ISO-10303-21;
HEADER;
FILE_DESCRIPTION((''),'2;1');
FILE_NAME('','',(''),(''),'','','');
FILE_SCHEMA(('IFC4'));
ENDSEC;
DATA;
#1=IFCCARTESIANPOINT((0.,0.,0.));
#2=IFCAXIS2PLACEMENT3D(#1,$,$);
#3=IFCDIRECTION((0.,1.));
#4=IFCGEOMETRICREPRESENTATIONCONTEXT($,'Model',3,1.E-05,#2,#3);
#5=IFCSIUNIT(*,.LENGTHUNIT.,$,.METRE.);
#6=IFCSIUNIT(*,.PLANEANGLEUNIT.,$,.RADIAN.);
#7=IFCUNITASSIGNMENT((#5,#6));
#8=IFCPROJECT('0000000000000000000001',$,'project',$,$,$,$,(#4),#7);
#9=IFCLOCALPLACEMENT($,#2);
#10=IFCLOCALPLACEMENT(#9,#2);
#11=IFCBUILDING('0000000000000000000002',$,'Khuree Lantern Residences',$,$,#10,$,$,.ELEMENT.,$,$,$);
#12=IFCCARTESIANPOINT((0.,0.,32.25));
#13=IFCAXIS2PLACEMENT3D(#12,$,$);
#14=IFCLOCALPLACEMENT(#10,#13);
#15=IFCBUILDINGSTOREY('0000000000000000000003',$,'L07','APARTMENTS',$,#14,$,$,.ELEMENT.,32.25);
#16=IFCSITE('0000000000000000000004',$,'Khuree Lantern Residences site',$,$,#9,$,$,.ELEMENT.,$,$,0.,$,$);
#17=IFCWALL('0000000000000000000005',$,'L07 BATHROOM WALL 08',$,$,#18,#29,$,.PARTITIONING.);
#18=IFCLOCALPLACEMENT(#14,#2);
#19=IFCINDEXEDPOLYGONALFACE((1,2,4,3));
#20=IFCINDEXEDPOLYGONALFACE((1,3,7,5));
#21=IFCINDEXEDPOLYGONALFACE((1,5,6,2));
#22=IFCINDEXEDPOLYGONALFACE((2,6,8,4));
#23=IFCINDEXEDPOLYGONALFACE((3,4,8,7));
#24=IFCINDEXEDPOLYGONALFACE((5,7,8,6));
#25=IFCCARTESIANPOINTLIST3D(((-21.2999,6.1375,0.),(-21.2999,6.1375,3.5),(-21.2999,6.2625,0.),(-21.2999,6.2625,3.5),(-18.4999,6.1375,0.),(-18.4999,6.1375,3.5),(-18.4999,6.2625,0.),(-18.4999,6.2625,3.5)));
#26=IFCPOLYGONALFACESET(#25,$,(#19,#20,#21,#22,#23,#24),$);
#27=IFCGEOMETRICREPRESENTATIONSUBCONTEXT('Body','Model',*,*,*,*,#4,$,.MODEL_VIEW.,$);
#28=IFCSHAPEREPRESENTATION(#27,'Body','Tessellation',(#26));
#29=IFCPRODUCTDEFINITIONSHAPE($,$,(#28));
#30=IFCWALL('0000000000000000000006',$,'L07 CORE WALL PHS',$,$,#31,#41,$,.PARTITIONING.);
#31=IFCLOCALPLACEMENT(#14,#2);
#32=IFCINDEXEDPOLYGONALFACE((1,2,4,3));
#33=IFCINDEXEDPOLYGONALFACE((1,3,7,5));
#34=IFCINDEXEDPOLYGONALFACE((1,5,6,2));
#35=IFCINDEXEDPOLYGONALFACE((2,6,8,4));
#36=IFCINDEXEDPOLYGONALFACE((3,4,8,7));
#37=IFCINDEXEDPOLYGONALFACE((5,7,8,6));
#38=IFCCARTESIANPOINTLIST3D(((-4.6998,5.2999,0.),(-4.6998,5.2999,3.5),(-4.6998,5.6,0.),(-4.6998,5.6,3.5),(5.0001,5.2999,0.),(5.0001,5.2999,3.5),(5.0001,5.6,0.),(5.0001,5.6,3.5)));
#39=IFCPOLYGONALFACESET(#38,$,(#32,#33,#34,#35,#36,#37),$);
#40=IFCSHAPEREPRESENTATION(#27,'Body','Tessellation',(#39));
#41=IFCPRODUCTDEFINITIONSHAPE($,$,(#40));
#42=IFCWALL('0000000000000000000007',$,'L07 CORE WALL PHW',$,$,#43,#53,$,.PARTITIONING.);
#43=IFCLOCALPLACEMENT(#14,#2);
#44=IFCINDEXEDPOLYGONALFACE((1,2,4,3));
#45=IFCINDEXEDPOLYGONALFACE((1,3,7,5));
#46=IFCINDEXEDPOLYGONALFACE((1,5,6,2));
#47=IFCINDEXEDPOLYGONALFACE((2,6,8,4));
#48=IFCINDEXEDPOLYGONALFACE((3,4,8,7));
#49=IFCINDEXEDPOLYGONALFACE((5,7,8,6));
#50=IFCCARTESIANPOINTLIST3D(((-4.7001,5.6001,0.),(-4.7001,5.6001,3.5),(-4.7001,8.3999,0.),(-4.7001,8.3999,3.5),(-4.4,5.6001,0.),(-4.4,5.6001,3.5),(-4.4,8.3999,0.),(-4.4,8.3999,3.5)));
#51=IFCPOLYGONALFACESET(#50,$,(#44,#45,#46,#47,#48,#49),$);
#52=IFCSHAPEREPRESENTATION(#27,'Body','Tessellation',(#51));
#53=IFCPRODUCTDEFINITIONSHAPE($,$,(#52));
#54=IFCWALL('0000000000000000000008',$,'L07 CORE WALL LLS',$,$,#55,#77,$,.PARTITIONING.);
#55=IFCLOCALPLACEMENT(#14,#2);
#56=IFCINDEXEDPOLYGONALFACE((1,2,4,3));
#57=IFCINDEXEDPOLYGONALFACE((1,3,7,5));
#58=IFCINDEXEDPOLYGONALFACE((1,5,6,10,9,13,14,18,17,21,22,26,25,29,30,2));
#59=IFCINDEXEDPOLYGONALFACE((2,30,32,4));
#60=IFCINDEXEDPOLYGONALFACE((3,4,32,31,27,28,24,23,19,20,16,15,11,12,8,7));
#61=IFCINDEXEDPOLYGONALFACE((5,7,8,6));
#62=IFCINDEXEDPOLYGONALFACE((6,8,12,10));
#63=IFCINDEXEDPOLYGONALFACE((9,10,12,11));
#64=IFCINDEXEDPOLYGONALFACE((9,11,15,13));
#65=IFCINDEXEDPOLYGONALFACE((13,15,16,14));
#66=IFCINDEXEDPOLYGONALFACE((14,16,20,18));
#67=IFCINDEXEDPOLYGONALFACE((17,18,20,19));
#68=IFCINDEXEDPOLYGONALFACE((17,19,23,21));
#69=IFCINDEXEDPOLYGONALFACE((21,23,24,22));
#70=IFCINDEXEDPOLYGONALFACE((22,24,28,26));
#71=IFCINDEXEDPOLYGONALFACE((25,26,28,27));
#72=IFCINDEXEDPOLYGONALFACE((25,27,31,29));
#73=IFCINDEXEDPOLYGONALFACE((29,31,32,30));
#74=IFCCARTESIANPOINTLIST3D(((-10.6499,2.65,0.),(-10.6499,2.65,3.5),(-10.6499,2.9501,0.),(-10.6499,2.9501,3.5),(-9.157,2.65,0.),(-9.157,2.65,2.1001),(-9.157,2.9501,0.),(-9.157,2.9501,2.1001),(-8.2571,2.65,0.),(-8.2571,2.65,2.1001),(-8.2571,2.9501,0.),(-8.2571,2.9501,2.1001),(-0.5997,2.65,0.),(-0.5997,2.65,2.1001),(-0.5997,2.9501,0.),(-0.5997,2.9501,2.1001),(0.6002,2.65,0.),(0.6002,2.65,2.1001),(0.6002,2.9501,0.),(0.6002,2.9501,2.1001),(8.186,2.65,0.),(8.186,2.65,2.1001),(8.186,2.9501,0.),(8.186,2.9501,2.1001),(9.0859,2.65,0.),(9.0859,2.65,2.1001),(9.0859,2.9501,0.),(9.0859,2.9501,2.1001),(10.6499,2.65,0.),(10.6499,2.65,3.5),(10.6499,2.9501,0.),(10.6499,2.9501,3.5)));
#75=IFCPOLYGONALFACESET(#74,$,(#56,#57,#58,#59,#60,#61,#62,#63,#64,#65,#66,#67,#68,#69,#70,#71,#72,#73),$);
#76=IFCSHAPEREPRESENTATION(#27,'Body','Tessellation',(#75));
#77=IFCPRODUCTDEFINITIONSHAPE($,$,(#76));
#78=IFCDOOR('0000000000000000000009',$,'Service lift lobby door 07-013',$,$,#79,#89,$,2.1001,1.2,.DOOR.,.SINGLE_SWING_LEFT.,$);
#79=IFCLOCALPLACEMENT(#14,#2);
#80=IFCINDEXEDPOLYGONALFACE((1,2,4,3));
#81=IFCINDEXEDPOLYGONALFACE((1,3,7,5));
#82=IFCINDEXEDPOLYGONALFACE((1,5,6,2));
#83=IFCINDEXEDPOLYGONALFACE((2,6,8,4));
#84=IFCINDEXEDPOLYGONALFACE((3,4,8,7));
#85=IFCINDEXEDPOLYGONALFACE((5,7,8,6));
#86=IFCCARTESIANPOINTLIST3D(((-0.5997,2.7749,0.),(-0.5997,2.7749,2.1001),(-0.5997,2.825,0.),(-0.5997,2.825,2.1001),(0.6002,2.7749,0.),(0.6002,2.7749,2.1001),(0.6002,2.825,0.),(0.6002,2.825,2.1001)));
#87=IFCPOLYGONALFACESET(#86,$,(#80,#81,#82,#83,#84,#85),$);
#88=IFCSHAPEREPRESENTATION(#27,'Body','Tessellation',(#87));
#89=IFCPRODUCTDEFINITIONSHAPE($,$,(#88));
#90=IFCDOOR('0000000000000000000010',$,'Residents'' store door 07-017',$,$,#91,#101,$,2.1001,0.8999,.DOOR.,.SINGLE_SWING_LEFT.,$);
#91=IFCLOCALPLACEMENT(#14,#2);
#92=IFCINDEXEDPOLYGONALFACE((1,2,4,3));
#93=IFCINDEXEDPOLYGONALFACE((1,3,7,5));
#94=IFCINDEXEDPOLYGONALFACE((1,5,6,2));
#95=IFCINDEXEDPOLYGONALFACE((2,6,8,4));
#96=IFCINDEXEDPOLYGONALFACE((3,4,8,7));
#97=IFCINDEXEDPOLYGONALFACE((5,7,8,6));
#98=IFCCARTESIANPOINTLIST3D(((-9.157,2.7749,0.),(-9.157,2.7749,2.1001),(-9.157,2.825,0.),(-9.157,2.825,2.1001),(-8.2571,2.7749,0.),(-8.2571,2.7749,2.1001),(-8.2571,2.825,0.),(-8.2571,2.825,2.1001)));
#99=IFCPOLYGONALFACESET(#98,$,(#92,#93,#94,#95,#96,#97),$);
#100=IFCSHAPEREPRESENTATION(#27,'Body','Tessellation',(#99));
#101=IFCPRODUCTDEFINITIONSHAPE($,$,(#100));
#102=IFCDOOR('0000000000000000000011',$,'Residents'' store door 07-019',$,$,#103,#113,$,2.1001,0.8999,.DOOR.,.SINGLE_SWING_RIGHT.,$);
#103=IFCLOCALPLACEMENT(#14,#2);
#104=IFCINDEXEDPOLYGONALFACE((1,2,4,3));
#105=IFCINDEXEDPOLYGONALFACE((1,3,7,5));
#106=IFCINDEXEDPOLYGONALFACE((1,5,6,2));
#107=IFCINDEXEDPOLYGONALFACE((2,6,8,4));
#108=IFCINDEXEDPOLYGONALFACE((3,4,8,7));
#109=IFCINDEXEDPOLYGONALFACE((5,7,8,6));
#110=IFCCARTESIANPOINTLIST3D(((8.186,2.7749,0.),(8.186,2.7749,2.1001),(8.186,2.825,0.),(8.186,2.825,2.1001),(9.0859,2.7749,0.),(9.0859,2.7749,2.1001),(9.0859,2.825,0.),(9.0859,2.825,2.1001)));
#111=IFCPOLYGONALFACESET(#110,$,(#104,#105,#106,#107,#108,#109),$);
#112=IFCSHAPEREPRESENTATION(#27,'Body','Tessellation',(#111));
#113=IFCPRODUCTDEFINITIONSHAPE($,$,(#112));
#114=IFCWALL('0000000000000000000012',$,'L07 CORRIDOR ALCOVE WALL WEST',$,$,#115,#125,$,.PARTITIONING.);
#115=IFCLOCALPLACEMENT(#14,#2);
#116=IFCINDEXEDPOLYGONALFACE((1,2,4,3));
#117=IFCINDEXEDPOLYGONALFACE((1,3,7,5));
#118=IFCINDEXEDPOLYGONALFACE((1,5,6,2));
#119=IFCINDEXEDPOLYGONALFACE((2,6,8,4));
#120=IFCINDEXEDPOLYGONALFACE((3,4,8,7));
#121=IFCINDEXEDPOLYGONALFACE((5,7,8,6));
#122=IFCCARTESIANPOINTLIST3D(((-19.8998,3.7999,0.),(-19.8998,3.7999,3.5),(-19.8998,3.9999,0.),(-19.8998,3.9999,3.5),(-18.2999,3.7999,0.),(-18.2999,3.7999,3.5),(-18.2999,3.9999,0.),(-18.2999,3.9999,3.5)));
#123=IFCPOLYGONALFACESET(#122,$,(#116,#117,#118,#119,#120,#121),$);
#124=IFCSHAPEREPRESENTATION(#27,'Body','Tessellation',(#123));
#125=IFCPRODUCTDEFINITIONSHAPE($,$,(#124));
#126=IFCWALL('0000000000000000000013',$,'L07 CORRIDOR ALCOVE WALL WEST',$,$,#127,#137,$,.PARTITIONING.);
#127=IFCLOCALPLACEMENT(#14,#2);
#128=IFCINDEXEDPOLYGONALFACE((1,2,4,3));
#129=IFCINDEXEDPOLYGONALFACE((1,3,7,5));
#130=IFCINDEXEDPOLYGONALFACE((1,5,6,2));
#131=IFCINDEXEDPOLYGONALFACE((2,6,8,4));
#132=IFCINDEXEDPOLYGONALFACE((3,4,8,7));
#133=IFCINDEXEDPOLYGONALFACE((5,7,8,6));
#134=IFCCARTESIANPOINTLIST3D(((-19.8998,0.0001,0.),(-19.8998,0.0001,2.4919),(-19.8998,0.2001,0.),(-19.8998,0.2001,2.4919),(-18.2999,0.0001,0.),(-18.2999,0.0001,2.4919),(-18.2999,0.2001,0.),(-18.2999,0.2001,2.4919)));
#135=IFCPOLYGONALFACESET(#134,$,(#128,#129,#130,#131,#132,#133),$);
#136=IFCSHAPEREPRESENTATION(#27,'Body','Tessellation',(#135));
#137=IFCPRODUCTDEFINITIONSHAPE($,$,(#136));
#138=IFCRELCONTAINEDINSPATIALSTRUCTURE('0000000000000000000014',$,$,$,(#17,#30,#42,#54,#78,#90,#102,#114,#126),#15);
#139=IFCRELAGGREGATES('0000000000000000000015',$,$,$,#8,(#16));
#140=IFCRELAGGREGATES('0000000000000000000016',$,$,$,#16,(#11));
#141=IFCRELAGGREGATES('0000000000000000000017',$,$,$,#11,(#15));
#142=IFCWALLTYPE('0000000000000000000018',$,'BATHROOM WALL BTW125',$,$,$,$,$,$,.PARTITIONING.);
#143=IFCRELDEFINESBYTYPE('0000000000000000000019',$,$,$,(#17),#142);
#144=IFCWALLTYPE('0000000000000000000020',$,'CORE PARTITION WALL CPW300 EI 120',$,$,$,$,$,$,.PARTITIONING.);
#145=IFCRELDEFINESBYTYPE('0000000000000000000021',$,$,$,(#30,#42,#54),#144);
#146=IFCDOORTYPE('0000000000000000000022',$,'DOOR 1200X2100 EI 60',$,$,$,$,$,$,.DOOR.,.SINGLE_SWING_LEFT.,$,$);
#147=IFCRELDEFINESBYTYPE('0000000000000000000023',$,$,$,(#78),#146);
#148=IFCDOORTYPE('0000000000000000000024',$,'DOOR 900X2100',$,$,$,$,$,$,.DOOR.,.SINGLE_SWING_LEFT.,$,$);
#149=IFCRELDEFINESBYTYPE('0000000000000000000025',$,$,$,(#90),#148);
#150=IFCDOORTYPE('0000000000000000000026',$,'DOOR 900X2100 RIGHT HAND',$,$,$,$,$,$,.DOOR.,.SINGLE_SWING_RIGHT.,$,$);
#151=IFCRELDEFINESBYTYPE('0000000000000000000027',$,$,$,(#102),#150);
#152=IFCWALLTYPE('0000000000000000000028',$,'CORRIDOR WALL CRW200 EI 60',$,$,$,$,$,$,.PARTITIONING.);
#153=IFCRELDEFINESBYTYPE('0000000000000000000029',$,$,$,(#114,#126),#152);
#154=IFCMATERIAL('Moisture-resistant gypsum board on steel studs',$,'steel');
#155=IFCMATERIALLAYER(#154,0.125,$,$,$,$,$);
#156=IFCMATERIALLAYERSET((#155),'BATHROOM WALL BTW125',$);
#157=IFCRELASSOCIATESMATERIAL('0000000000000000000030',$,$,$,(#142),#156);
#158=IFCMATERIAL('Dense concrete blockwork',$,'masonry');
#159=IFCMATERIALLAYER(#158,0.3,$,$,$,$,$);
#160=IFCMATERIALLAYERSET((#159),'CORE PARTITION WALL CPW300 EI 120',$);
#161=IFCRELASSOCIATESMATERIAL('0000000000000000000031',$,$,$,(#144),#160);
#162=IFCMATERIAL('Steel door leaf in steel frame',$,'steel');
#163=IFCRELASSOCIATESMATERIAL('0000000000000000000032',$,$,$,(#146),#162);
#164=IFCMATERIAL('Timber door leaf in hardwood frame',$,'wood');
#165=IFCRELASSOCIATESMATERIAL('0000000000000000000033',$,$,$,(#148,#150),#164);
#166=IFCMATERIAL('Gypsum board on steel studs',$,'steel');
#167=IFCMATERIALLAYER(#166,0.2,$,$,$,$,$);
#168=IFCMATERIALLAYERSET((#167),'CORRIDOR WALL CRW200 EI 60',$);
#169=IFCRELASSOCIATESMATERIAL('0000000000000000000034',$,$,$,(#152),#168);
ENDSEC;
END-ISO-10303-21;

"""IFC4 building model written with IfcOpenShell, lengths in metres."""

from ifc_helpers import new_model, si_unit, direction, frame, frame_2d, origin, place, context, subcontext, project, spatial, rectangle, extrude, material, layer, layer_set, type_object, element, fill, save


model = new_model("IFC4")

# Units and contexts
model_context = context("Model", 3, precision=1e-05, world=origin(), true_north=direction((0.0, 1.0)))
body_context = subcontext(model_context, "Body", "Model", "MODEL_VIEW")
ifc_project = project(units=[si_unit("LENGTHUNIT", "METRE"), si_unit("PLANEANGLEUNIT", "RADIAN")], contexts=[model_context])

# Site, building, storey
site_placement = place(None, origin())
site = spatial("IfcSite", under=ifc_project, at=site_placement, Name="Khuree Lantern Residences site", CompositionType="ELEMENT", RefElevation=0.0)
building_placement = place(site_placement, origin())
building = spatial("IfcBuilding", under=site, at=building_placement, Name="Khuree Lantern Residences", CompositionType="ELEMENT")
storey_placement = place(building_placement, frame((0.0, 0.0, 32.25)))
storey = spatial("IfcBuildingStorey", under=building, at=storey_placement, Name="L07", Description="APARTMENTS", CompositionType="ELEMENT", Elevation=32.25)

# Walls
ifc_material_1 = material(Name="Moisture-resistant gypsum board on steel studs", Category="steel")
ifc_layer_1 = layer(ifc_material_1, 0.125)
ifc_layer_set_1 = layer_set([ifc_layer_1], Name="BATHROOM WALL BTW125")
wall_type_1 = type_object("IfcWallType", Name="BATHROOM WALL BTW125", PredefinedType="PARTITIONING", material=ifc_layer_set_1)
wall_1_placement = place(storey_placement, frame((-18.5, 6.2, 0.0), z_axis=(0.0, 0.0, 1.0), x_axis=(-1.0, 0.0, 0.0)))
element("IfcWall", 1, at=wall_1_placement, inside=storey, type_object=wall_type_1, Name="L07 BATHROOM WALL 08", PredefinedType="PARTITIONING", context=body_context, shape_type="SweptSolid", body=[
    extrude(rectangle(XDim=2.8, YDim=0.125, at=frame_2d((1.3999, 0.0))), origin(), (0.0, 0.0, 1.0), 3.5),
])
ifc_material_2 = material(Name="Dense concrete blockwork", Category="masonry")
ifc_layer_2 = layer(ifc_material_2, 0.3)
ifc_layer_set_2 = layer_set([ifc_layer_2], Name="CORE PARTITION WALL CPW300 EI 120")
wall_type_2 = type_object("IfcWallType", Name="CORE PARTITION WALL CPW300 EI 120", PredefinedType="PARTITIONING", material=ifc_layer_set_2)
wall_2_placement = place(storey_placement, frame((-4.7, 5.45, 0.0), z_axis=(0.0, 0.0, 1.0), x_axis=(1.0, 0.0, 0.0)))
element("IfcWall", 2, at=wall_2_placement, inside=storey, type_object=wall_type_2, Name="L07 CORE WALL PHS", PredefinedType="PARTITIONING", context=body_context, shape_type="SweptSolid", body=[
    extrude(rectangle(XDim=9.7, YDim=0.3, at=frame_2d((4.8501, 0.0))), origin(), (0.0, 0.0, 1.0), 3.5),
])
wall_3_placement = place(storey_placement, frame((-4.55, 5.6001, 0.0), z_axis=(0.0, 0.0, 1.0), x_axis=(0.0, 1.0, 0.0)))
element("IfcWall", 3, at=wall_3_placement, inside=storey, type_object=wall_type_2, Name="L07 CORE WALL PHW", PredefinedType="PARTITIONING", context=body_context, shape_type="SweptSolid", body=[
    extrude(rectangle(XDim=2.7998, YDim=0.3, at=frame_2d((1.3999, 0.0))), origin(), (0.0, 0.0, 1.0), 3.5),
])

# Wall, openings, doors
wall_4_placement = place(storey_placement, frame((-10.6499, 2.8, 0.0), z_axis=(0.0, 0.0, 1.0), x_axis=(1.0, 0.0, 0.0)))
wall_4 = element("IfcWall", 4, at=wall_4_placement, inside=storey, type_object=wall_type_2, Name="L07 CORE WALL LLS", PredefinedType="PARTITIONING", context=body_context, shape_type="SweptSolid", body=[
    extrude(rectangle(XDim=21.2998, YDim=0.3, at=frame_2d((10.6499, 0.0))), origin(), (0.0, 0.0, 1.0), 3.5),
])
opening_1_placement = place(wall_4_placement, frame((10.05, 0.0, 0.0)))
opening_1 = element("IfcOpeningElement", 5, at=opening_1_placement, cuts=wall_4, PredefinedType="OPENING", context=body_context, shape_type="SweptSolid", body=[
    extrude(rectangle(XDim=1.2, YDim=2.1001, at=frame_2d((0.6001, 1.05))), frame((0.0, 0.1602, 0.0), z_axis=(0.0, -1.0, 0.0), x_axis=(1.0, 0.0, 0.0)), (0.0, 0.0, 1.0), 0.3201),
])
opening_2_placement = place(wall_4_placement, frame((1.4929, 0.0, 0.0)))
opening_2 = element("IfcOpeningElement", 6, at=opening_2_placement, cuts=wall_4, PredefinedType="OPENING", context=body_context, shape_type="SweptSolid", body=[
    extrude(rectangle(XDim=0.8999, YDim=2.1001, at=frame_2d((0.45, 1.05))), frame((0.0, 0.1602, 0.0), z_axis=(0.0, -1.0, 0.0), x_axis=(1.0, 0.0, 0.0)), (0.0, 0.0, 1.0), 0.3201),
])
opening_3_placement = place(wall_4_placement, frame((18.8359, 0.0, 0.0)))
opening_3 = element("IfcOpeningElement", 7, at=opening_3_placement, cuts=wall_4, PredefinedType="OPENING", context=body_context, shape_type="SweptSolid", body=[
    extrude(rectangle(XDim=0.8999, YDim=2.1001, at=frame_2d((0.45, 1.05))), frame((0.0, 0.1602, 0.0), z_axis=(0.0, -1.0, 0.0), x_axis=(1.0, 0.0, 0.0)), (0.0, 0.0, 1.0), 0.3201),
])
ifc_material_3 = material(Name="Steel door leaf in steel frame", Category="steel")
door_type_1 = type_object("IfcDoorType", Name="DOOR 1200X2100 EI 60", OperationType="SINGLE_SWING_LEFT", PredefinedType="DOOR", material=ifc_material_3)
door_1_placement = place(opening_1_placement, origin())
door_1 = element("IfcDoor", 8, at=door_1_placement, inside=storey, type_object=door_type_1, Name="Service lift lobby door 07-013", OperationType="SINGLE_SWING_LEFT", OverallHeight=2.1001, OverallWidth=1.2, PredefinedType="DOOR", context=body_context, shape_type="SweptSolid", body=[
    extrude(rectangle(XDim=1.2, YDim=2.1001, at=frame_2d((0.6001, 1.05))), frame((0.0, 0.0249, 0.0), z_axis=(0.0, -1.0, 0.0), x_axis=(1.0, 0.0, 0.0)), (0.0, 0.0, 1.0), 0.05),
])
fill(opening_1, door_1)
ifc_material_4 = material(Name="Timber door leaf in hardwood frame", Category="wood")
door_type_2 = type_object("IfcDoorType", Name="DOOR 900X2100", OperationType="SINGLE_SWING_LEFT", PredefinedType="DOOR", material=ifc_material_4)
door_2_placement = place(opening_2_placement, origin())
door_2 = element("IfcDoor", 9, at=door_2_placement, inside=storey, type_object=door_type_2, Name="Residents' store door 07-017", OperationType="SINGLE_SWING_LEFT", OverallHeight=2.1001, OverallWidth=0.8999, PredefinedType="DOOR", context=body_context, shape_type="SweptSolid", body=[
    extrude(rectangle(XDim=0.8999, YDim=2.1001, at=frame_2d((0.45, 1.05))), frame((0.0, 0.0249, 0.0), z_axis=(0.0, -1.0, 0.0), x_axis=(1.0, 0.0, 0.0)), (0.0, 0.0, 1.0), 0.05),
])
fill(opening_2, door_2)
door_type_3 = type_object("IfcDoorType", Name="DOOR 900X2100 RIGHT HAND", OperationType="SINGLE_SWING_RIGHT", PredefinedType="DOOR", material=ifc_material_4)
door_3_placement = place(opening_3_placement, origin())
door_3 = element("IfcDoor", 10, at=door_3_placement, inside=storey, type_object=door_type_3, Name="Residents' store door 07-019", OperationType="SINGLE_SWING_RIGHT", OverallHeight=2.1001, OverallWidth=0.8999, PredefinedType="DOOR", context=body_context, shape_type="SweptSolid", body=[
    extrude(rectangle(XDim=0.8999, YDim=2.1001, at=frame_2d((0.45, 1.05))), frame((0.0, 0.0249, 0.0), z_axis=(0.0, -1.0, 0.0), x_axis=(1.0, 0.0, 0.0)), (0.0, 0.0, 1.0), 0.05),
])
fill(opening_3, door_3)

# Walls
ifc_material_5 = material(Name="Gypsum board on steel studs", Category="steel")
ifc_layer_3 = layer(ifc_material_5, 0.2)
ifc_layer_set_3 = layer_set([ifc_layer_3], Name="CORRIDOR WALL CRW200 EI 60")
wall_type_3 = type_object("IfcWallType", Name="CORRIDOR WALL CRW200 EI 60", PredefinedType="PARTITIONING", material=ifc_layer_set_3)
wall_5_placement = place(storey_placement, frame((-18.3, 3.8999, 0.0), z_axis=(0.0, 0.0, 1.0), x_axis=(-1.0, 0.0, 0.0)))
element("IfcWall", 11, at=wall_5_placement, inside=storey, type_object=wall_type_3, Name="L07 CORRIDOR ALCOVE WALL WEST", PredefinedType="PARTITIONING", context=body_context, shape_type="SweptSolid", body=[
    extrude(rectangle(XDim=1.5999, YDim=0.2, at=frame_2d((0.7998, 0.0))), origin(), (0.0, 0.0, 1.0), 3.5),
])
wall_6_placement = place(storey_placement, frame((-18.3, 0.1001, 0.0), z_axis=(0.0, 0.0, 1.0), x_axis=(-1.0, 0.0, 0.0)))
element("IfcWall", 12, at=wall_6_placement, inside=storey, type_object=wall_type_3, Name="L07 CORRIDOR ALCOVE WALL WEST", PredefinedType="PARTITIONING", context=body_context, shape_type="SweptSolid", body=[
    extrude(rectangle(XDim=1.5999, YDim=0.2, at=frame_2d((0.7998, 0.0))), origin(), (0.0, 0.0, 1.0), 2.4919),
])

save(model, "model.ifc")
